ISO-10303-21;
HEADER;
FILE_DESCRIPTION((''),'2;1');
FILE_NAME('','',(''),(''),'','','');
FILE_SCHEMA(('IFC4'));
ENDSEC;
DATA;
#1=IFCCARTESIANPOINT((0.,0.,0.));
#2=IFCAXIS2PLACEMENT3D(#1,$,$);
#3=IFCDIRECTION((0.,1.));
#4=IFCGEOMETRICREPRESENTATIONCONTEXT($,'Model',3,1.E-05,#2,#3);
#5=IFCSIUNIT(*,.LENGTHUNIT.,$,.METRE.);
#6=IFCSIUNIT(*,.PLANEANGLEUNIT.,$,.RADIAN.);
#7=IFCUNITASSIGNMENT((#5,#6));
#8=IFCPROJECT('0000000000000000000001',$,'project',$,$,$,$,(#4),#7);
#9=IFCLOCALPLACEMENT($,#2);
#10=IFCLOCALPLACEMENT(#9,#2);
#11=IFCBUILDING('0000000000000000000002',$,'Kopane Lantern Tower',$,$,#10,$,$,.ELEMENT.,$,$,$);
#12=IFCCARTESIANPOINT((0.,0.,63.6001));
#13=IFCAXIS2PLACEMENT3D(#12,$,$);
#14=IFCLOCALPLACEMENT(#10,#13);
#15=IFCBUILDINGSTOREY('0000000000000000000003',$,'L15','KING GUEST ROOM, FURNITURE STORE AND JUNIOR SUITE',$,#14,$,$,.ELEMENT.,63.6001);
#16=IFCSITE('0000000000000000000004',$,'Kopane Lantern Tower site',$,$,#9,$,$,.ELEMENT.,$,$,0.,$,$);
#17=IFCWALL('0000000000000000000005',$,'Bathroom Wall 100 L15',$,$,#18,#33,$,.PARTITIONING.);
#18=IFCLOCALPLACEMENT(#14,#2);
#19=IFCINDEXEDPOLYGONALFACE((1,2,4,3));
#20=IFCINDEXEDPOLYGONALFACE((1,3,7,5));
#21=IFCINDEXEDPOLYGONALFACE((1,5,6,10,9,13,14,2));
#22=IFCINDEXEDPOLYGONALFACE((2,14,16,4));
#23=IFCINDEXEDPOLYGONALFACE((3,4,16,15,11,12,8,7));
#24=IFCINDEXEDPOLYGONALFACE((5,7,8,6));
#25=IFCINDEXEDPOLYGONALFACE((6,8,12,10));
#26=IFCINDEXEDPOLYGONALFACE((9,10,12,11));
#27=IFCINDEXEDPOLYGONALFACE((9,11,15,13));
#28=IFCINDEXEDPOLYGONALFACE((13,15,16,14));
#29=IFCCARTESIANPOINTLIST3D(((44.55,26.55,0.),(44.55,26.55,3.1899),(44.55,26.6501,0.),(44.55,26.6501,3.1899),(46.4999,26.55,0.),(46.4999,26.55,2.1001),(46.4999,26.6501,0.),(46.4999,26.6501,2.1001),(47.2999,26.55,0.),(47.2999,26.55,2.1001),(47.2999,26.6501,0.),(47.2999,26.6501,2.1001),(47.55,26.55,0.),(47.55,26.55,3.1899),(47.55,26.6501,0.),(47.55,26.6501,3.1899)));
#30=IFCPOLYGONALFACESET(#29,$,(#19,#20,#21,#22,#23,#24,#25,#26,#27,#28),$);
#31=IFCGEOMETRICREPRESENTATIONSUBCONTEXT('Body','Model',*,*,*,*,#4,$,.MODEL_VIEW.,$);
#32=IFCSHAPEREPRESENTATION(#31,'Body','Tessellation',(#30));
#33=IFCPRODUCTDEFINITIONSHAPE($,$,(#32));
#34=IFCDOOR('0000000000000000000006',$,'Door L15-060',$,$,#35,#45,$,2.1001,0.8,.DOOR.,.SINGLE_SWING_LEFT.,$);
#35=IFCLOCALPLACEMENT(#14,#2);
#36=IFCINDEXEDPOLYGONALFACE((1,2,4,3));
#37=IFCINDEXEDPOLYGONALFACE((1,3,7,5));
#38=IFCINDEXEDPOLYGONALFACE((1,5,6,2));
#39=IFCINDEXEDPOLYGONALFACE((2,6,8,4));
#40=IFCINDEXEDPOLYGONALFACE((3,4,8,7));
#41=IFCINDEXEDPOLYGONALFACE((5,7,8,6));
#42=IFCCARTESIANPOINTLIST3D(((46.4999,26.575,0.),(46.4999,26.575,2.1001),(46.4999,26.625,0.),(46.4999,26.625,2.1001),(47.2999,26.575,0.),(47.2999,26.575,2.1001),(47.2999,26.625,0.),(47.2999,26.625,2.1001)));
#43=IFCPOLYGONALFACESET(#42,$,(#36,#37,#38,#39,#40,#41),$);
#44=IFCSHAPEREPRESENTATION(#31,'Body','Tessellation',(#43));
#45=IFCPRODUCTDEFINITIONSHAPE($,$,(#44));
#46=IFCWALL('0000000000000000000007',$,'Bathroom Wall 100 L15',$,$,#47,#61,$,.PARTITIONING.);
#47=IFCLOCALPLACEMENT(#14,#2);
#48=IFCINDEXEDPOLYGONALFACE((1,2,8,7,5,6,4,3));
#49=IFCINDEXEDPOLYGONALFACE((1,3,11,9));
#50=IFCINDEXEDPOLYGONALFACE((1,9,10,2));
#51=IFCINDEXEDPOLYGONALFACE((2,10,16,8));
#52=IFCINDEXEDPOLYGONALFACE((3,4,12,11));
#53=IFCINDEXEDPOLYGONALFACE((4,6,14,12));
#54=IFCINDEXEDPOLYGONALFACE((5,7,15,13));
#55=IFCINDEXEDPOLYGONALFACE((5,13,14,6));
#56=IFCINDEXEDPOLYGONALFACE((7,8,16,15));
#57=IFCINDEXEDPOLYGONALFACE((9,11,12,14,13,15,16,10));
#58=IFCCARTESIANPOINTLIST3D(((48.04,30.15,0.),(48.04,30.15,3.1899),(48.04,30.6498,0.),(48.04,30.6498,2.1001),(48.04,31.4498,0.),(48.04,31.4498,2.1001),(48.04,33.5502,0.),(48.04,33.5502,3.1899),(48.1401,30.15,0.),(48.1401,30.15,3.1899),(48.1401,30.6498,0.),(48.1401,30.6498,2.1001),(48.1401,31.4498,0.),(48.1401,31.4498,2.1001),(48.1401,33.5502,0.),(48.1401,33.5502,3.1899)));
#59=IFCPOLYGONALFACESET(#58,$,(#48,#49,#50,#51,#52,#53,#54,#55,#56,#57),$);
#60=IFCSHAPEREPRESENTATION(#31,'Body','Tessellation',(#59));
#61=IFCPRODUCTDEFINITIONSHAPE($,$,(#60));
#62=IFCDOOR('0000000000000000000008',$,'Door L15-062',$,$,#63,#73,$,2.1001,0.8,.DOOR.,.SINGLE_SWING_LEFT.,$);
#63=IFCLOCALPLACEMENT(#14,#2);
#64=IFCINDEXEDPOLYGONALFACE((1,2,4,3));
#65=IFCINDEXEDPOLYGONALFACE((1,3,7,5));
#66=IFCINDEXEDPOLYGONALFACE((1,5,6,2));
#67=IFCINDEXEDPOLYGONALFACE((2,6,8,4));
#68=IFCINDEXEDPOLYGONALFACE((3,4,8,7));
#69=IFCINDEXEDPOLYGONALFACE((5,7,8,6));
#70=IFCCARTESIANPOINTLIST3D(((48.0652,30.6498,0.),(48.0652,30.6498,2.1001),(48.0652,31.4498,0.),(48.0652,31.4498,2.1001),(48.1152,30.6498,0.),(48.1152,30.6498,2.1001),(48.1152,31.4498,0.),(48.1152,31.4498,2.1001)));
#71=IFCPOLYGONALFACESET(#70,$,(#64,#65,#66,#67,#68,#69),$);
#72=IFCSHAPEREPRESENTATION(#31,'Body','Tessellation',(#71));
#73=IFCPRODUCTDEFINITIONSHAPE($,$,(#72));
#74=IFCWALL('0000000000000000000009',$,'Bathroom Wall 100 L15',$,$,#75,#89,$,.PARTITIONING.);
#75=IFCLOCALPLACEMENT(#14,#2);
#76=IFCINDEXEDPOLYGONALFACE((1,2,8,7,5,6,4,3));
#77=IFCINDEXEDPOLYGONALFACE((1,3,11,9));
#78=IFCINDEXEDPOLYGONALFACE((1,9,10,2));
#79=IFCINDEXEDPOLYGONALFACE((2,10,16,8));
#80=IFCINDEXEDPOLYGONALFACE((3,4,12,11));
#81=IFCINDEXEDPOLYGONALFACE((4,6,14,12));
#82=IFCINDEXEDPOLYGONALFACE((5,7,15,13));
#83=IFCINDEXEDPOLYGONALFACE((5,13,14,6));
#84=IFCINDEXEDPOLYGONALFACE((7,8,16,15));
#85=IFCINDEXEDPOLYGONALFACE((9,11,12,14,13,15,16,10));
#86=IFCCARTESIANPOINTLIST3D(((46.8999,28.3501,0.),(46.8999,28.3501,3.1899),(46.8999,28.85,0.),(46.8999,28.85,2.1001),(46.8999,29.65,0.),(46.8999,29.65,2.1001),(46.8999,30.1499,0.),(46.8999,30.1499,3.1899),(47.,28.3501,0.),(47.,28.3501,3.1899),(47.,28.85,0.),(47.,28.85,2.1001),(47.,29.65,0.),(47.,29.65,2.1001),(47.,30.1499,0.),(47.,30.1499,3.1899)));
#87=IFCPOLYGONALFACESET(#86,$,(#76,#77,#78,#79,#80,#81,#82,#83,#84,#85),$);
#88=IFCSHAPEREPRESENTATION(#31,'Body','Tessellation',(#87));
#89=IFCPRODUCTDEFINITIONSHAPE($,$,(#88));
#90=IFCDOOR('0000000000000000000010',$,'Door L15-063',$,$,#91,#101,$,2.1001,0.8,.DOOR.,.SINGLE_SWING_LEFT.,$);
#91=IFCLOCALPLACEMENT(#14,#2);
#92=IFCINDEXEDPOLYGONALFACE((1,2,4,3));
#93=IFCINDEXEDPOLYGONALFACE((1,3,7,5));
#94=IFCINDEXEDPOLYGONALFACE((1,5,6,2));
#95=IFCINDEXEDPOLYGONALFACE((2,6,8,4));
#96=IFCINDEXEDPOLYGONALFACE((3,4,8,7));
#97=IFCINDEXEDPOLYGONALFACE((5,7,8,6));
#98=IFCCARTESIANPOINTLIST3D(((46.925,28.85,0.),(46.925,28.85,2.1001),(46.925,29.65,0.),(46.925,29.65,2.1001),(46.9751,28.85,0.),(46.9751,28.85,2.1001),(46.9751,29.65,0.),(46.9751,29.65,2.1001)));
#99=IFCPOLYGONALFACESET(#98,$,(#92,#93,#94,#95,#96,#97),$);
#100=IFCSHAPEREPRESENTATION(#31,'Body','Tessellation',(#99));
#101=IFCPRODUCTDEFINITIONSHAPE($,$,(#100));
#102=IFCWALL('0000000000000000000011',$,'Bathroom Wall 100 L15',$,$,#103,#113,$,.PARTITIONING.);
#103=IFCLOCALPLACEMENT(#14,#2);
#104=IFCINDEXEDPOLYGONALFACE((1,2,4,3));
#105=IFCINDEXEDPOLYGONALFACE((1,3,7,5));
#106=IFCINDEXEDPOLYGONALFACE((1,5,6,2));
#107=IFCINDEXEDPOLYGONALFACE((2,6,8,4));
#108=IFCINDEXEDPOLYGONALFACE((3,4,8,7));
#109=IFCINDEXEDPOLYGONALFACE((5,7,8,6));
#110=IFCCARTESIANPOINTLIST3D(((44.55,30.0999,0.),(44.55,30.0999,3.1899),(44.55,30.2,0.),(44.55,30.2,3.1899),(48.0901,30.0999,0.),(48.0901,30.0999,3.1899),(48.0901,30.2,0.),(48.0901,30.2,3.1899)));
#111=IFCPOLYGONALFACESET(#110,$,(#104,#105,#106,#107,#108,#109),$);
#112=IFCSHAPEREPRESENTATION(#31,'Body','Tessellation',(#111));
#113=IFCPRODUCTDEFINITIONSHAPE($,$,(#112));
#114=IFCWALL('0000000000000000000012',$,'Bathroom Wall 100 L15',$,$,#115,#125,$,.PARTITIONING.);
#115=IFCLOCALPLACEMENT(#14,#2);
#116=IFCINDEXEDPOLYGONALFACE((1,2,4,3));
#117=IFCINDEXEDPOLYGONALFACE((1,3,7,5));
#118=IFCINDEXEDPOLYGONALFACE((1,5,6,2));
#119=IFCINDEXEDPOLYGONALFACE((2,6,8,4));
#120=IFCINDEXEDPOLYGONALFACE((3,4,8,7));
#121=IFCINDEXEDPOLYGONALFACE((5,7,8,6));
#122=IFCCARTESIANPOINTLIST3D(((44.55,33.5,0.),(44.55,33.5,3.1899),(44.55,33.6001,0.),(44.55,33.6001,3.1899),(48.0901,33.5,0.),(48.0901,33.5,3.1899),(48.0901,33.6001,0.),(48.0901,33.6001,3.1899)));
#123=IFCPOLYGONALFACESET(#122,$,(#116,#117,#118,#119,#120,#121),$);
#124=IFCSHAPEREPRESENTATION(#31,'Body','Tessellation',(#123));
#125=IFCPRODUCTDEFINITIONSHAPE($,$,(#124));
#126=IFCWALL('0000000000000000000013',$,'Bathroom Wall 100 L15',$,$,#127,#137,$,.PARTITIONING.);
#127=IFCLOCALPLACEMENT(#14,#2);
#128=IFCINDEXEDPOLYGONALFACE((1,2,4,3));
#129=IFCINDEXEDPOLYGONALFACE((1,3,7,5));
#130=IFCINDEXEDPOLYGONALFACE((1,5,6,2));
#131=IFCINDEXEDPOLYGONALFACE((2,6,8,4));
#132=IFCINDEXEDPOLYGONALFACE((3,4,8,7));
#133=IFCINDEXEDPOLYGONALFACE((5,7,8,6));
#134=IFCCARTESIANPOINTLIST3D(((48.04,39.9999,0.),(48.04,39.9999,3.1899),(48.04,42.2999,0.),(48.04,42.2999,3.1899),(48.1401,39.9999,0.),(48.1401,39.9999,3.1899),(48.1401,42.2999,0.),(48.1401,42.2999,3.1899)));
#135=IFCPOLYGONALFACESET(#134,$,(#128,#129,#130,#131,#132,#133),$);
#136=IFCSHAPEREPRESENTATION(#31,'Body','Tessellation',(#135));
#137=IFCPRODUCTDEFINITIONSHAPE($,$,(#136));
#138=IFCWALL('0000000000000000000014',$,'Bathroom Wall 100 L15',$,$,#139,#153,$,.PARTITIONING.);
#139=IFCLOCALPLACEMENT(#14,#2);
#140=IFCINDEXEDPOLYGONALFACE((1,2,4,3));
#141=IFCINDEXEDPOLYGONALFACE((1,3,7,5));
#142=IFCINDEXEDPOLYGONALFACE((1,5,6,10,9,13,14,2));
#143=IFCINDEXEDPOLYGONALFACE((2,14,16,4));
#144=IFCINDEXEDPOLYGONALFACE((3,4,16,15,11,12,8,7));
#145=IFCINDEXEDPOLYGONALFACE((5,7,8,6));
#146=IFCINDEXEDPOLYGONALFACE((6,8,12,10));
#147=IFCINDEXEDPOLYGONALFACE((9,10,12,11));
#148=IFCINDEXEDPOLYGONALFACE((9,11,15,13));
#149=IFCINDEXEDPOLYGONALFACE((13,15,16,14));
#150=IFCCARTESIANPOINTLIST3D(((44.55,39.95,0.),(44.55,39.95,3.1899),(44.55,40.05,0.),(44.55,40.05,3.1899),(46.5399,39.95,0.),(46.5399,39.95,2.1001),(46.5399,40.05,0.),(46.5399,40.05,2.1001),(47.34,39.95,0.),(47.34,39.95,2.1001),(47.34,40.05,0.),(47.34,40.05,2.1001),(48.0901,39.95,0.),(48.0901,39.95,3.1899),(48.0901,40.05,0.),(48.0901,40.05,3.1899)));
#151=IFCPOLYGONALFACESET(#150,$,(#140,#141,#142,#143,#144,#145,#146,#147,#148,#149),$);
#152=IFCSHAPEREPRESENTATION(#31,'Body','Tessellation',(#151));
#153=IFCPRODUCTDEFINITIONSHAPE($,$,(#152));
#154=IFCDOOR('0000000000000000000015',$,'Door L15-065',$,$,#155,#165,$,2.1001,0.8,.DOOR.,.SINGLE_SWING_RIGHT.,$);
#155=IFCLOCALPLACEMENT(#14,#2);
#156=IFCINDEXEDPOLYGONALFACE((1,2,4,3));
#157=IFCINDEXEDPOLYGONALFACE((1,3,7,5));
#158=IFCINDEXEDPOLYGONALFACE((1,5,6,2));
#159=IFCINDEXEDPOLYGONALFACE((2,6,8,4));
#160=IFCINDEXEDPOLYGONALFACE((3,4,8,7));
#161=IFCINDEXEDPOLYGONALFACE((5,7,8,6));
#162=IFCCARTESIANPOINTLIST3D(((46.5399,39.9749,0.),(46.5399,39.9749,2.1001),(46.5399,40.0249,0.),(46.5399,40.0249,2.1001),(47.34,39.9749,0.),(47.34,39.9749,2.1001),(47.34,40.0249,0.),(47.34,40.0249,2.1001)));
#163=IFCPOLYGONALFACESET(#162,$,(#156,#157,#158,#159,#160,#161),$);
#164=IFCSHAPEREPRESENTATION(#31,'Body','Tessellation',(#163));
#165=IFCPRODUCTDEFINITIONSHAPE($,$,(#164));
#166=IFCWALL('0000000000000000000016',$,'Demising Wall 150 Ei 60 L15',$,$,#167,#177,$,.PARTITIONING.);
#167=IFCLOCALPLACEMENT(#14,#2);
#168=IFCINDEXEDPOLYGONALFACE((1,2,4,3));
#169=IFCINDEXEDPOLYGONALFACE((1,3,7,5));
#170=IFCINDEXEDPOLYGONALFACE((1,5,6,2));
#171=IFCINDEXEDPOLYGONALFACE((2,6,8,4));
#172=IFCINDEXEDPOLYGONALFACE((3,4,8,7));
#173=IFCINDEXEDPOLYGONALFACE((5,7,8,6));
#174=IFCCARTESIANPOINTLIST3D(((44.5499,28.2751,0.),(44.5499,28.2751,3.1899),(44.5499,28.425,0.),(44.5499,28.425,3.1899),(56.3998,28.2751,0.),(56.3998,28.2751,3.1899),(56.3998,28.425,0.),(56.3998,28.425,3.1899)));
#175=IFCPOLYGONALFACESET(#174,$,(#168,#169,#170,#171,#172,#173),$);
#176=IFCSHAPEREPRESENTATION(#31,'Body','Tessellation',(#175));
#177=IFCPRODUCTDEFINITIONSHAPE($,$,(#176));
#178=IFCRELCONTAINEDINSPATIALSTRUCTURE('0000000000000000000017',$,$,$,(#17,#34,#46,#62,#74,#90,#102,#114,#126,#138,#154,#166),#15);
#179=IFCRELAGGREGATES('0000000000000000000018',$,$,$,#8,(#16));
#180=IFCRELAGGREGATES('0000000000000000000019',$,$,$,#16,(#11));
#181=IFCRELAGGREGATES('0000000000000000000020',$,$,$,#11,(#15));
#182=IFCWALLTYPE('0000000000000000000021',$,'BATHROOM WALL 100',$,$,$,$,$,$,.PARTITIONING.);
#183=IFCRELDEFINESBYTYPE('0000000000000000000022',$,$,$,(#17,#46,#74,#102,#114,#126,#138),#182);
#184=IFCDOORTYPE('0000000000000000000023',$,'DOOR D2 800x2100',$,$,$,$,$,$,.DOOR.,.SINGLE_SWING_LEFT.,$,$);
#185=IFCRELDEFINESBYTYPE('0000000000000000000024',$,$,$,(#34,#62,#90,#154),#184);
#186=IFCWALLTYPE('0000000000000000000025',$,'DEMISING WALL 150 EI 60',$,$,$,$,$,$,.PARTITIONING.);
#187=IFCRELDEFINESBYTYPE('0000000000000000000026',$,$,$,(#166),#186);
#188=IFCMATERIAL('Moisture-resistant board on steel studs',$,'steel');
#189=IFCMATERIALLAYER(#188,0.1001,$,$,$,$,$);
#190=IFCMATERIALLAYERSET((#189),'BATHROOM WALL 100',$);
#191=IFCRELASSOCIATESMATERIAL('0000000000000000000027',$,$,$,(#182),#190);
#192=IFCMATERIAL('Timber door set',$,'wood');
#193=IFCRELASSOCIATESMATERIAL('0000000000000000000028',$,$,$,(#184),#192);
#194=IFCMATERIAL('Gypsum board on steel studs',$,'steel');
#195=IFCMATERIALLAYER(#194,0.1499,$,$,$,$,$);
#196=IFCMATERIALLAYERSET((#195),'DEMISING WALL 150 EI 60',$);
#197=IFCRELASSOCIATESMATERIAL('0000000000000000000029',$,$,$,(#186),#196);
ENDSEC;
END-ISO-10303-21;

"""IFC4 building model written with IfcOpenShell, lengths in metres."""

from ifc_helpers import new_model, si_unit, direction, frame, frame_2d, origin, place, context, subcontext, project, spatial, rectangle, extrude, material, layer, layer_set, type_object, element, fill, save


model = new_model("IFC4")

# Units and contexts
model_context = context("Model", 3, precision=1e-05, world=origin(), true_north=direction((0.0, 1.0)))
body_context = subcontext(model_context, "Body", "Model", "MODEL_VIEW")
ifc_project = project(units=[si_unit("LENGTHUNIT", "METRE"), si_unit("PLANEANGLEUNIT", "RADIAN")], contexts=[model_context])

# Site, building, storey
site_placement = place(None, origin())
site = spatial("IfcSite", under=ifc_project, at=site_placement, Name="Kopane Lantern Tower site", CompositionType="ELEMENT", RefElevation=0.0)
building_placement = place(site_placement, origin())
building = spatial("IfcBuilding", under=site, at=building_placement, Name="Kopane Lantern Tower", CompositionType="ELEMENT")
storey_placement = place(building_placement, frame((0.0, 0.0, 63.6001)))
storey = spatial("IfcBuildingStorey", under=building, at=storey_placement, Name="L15", Description="KING GUEST ROOM, FURNITURE STORE AND JUNIOR SUITE", CompositionType="ELEMENT", Elevation=63.6001)

# Walls, openings, doors
ifc_material_1 = material(Name="Moisture-resistant board on steel studs", Category="steel")
ifc_layer_1 = layer(ifc_material_1, 0.1001)
ifc_layer_set_1 = layer_set([ifc_layer_1], Name="BATHROOM WALL 100")
wall_type_1 = type_object("IfcWallType", Name="BATHROOM WALL 100", PredefinedType="PARTITIONING", material=ifc_layer_set_1)
wall_1_placement = place(storey_placement, frame((44.55, 26.6001, 0.0), z_axis=(0.0, 0.0, 1.0), x_axis=(1.0, 0.0, 0.0)))
wall_1 = element("IfcWall", 1, at=wall_1_placement, inside=storey, type_object=wall_type_1, Name="Bathroom Wall 100 L15", PredefinedType="PARTITIONING", context=body_context, shape_type="SweptSolid", body=[
    extrude(rectangle(XDim=3.0, YDim=0.1001, at=frame_2d((1.5, 0.0))), origin(), (0.0, 0.0, 1.0), 3.1899),
])
opening_1_placement = place(wall_1_placement, frame((1.95, 0.0, 0.0)))
opening_1 = element("IfcOpeningElement", 2, at=opening_1_placement, cuts=wall_1, PredefinedType="OPENING", context=body_context, shape_type="SweptSolid", body=[
    extrude(rectangle(XDim=0.8, YDim=2.1001, at=frame_2d((0.3999, 1.05))), frame((0.0, 0.0601, 0.0), z_axis=(0.0, -1.0, 0.0), x_axis=(1.0, 0.0, 0.0)), (0.0, 0.0, 1.0), 0.1201),
])
ifc_material_2 = material(Name="Timber door set", Category="wood")
door_type = type_object("IfcDoorType", Name="DOOR D2 800x2100", OperationType="SINGLE_SWING_LEFT", PredefinedType="DOOR", material=ifc_material_2)
door_1_placement = place(opening_1_placement, origin())
door_1 = element("IfcDoor", 3, at=door_1_placement, inside=storey, type_object=door_type, Name="Door L15-060", OperationType="SINGLE_SWING_LEFT", OverallHeight=2.1001, OverallWidth=0.8, PredefinedType="DOOR", context=body_context, shape_type="SweptSolid", body=[
    extrude(rectangle(XDim=0.8, YDim=2.1001, at=frame_2d((0.3999, 1.05))), frame((0.0, 0.0249, 0.0), z_axis=(0.0, -1.0, 0.0), x_axis=(1.0, 0.0, 0.0)), (0.0, 0.0, 1.0), 0.05),
])
fill(opening_1, door_1)
wall_2_placement = place(storey_placement, frame((48.0901, 30.1499, 0.0), z_axis=(0.0, 0.0, 1.0), x_axis=(0.0, 1.0, 0.0)))
wall_2 = element("IfcWall", 4, at=wall_2_placement, inside=storey, type_object=wall_type_1, Name="Bathroom Wall 100 L15", PredefinedType="PARTITIONING", context=body_context, shape_type="SweptSolid", body=[
    extrude(rectangle(XDim=3.4001, YDim=0.1001, at=frame_2d((1.7002, 0.0))), origin(), (0.0, 0.0, 1.0), 3.1899),
])
opening_2_placement = place(wall_2_placement, frame((0.5, 0.0, 0.0)))
opening_2 = element("IfcOpeningElement", 5, at=opening_2_placement, cuts=wall_2, PredefinedType="OPENING", context=body_context, shape_type="SweptSolid", body=[
    extrude(rectangle(XDim=0.8, YDim=2.1001, at=frame_2d((0.3999, 1.05))), frame((0.0, 0.0601, 0.0), z_axis=(0.0, -1.0, 0.0), x_axis=(1.0, 0.0, 0.0)), (0.0, 0.0, 1.0), 0.1201),
])
door_2_placement = place(opening_2_placement, origin())
door_2 = element("IfcDoor", 6, at=door_2_placement, inside=storey, type_object=door_type, Name="Door L15-062", OperationType="SINGLE_SWING_LEFT", OverallHeight=2.1001, OverallWidth=0.8, PredefinedType="DOOR", context=body_context, shape_type="SweptSolid", body=[
    extrude(rectangle(XDim=0.8, YDim=2.1001, at=frame_2d((0.3999, 1.05))), frame((0.0, 0.0249, 0.0), z_axis=(0.0, -1.0, 0.0), x_axis=(1.0, 0.0, 0.0)), (0.0, 0.0, 1.0), 0.05),
])
fill(opening_2, door_2)
wall_3_placement = place(storey_placement, frame((46.95, 28.3501, 0.0), z_axis=(0.0, 0.0, 1.0), x_axis=(0.0, 1.0, 0.0)))
wall_3 = element("IfcWall", 7, at=wall_3_placement, inside=storey, type_object=wall_type_1, Name="Bathroom Wall 100 L15", PredefinedType="PARTITIONING", context=body_context, shape_type="SweptSolid", body=[
    extrude(rectangle(XDim=1.7998, YDim=0.1001, at=frame_2d((0.8999, 0.0))), origin(), (0.0, 0.0, 1.0), 3.1899),
])
opening_3_placement = place(wall_3_placement, frame((0.5, 0.0, 0.0)))
opening_3 = element("IfcOpeningElement", 8, at=opening_3_placement, cuts=wall_3, PredefinedType="OPENING", context=body_context, shape_type="SweptSolid", body=[
    extrude(rectangle(XDim=0.8, YDim=2.1001, at=frame_2d((0.3999, 1.05))), frame((0.0, 0.0601, 0.0), z_axis=(0.0, -1.0, 0.0), x_axis=(1.0, 0.0, 0.0)), (0.0, 0.0, 1.0), 0.1201),
])
door_3_placement = place(opening_3_placement, origin())
door_3 = element("IfcDoor", 9, at=door_3_placement, inside=storey, type_object=door_type, Name="Door L15-063", OperationType="SINGLE_SWING_LEFT", OverallHeight=2.1001, OverallWidth=0.8, PredefinedType="DOOR", context=body_context, shape_type="SweptSolid", body=[
    extrude(rectangle(XDim=0.8, YDim=2.1001, at=frame_2d((0.3999, 1.05))), frame((0.0, 0.0249, 0.0), z_axis=(0.0, -1.0, 0.0), x_axis=(1.0, 0.0, 0.0)), (0.0, 0.0, 1.0), 0.05),
])
fill(opening_3, door_3)

# Walls
for number, where, z_axis, x_axis, name in (
    (10, (44.55, 30.1499, 0.0), (0.0, 0.0, 1.0), (1.0, 0.0, 0.0), "Bathroom Wall 100 L15"),
    (11, (44.55, 33.55, 0.0), (0.0, 0.0, 1.0), (1.0, 0.0, 0.0), "Bathroom Wall 100 L15"),
):
    element("IfcWall", number, at=place(storey_placement, frame(where, z_axis=z_axis, x_axis=x_axis)), inside=storey, type_object=wall_type_1, Name=name, PredefinedType="PARTITIONING", context=body_context, shape_type="SweptSolid", body=[
        extrude(rectangle(XDim=3.54, YDim=0.1001, at=frame_2d((1.77, 0.0))), origin(), (0.0, 0.0, 1.0), 3.1899),
    ])
wall_4_placement = place(storey_placement, frame((48.0901, 40.0, 0.0), z_axis=(0.0, 0.0, 1.0), x_axis=(0.0, 1.0, 0.0)))
element("IfcWall", 12, at=wall_4_placement, inside=storey, type_object=wall_type_1, Name="Bathroom Wall 100 L15", PredefinedType="PARTITIONING", context=body_context, shape_type="SweptSolid", body=[
    extrude(rectangle(XDim=2.3, YDim=0.1001, at=frame_2d((1.1499, 0.0))), origin(), (0.0, 0.0, 1.0), 3.1899),
])

# Wall, opening, door
wall_5_placement = place(storey_placement, frame((44.55, 40.0, 0.0), z_axis=(0.0, 0.0, 1.0), x_axis=(1.0, 0.0, 0.0)))
wall_5 = element("IfcWall", 13, at=wall_5_placement, inside=storey, type_object=wall_type_1, Name="Bathroom Wall 100 L15", PredefinedType="PARTITIONING", context=body_context, shape_type="SweptSolid", body=[
    extrude(rectangle(XDim=3.54, YDim=0.1001, at=frame_2d((1.77, 0.0))), origin(), (0.0, 0.0, 1.0), 3.1899),
])
opening_4_placement = place(wall_5_placement, frame((1.99, 0.0, 0.0)))
opening_4 = element("IfcOpeningElement", 14, at=opening_4_placement, cuts=wall_5, PredefinedType="OPENING", context=body_context, shape_type="SweptSolid", body=[
    extrude(rectangle(XDim=0.8, YDim=2.1001, at=frame_2d((0.3999, 1.05))), frame((0.0, 0.0601, 0.0), z_axis=(0.0, -1.0, 0.0), x_axis=(1.0, 0.0, 0.0)), (0.0, 0.0, 1.0), 0.1201),
])
door_4_placement = place(opening_4_placement, origin())
door_4 = element("IfcDoor", 15, at=door_4_placement, inside=storey, type_object=door_type, Name="Door L15-065", OperationType="SINGLE_SWING_RIGHT", OverallHeight=2.1001, OverallWidth=0.8, PredefinedType="DOOR", context=body_context, shape_type="SweptSolid", body=[
    extrude(rectangle(XDim=0.8, YDim=2.1001, at=frame_2d((0.3999, 1.05))), frame((0.0, 0.0249, 0.0), z_axis=(0.0, -1.0, 0.0), x_axis=(1.0, 0.0, 0.0)), (0.0, 0.0, 1.0), 0.05),
])
fill(opening_4, door_4)

# Wall
ifc_material_3 = material(Name="Gypsum board on steel studs", Category="steel")
ifc_layer_2 = layer(ifc_material_3, 0.1499)
ifc_layer_set_2 = layer_set([ifc_layer_2], Name="DEMISING WALL 150 EI 60")
wall_type_2 = type_object("IfcWallType", Name="DEMISING WALL 150 EI 60", PredefinedType="PARTITIONING", material=ifc_layer_set_2)
for number, where, z_axis, x_axis, name in (
    (16, (44.55, 28.3501, 0.0), (0.0, 0.0, 1.0), (1.0, 0.0, 0.0), "Demising Wall 150 Ei 60 L15"),
):
    element("IfcWall", number, at=place(storey_placement, frame(where, z_axis=z_axis, x_axis=x_axis)), inside=storey, type_object=wall_type_2, Name=name, PredefinedType="PARTITIONING", context=body_context, shape_type="SweptSolid", body=[
        extrude(rectangle(XDim=11.8499, YDim=0.1499, at=frame_2d((5.9248, 0.0))), origin(), (0.0, 0.0, 1.0), 3.1899),
    ])

save(model, "model.ifc")
